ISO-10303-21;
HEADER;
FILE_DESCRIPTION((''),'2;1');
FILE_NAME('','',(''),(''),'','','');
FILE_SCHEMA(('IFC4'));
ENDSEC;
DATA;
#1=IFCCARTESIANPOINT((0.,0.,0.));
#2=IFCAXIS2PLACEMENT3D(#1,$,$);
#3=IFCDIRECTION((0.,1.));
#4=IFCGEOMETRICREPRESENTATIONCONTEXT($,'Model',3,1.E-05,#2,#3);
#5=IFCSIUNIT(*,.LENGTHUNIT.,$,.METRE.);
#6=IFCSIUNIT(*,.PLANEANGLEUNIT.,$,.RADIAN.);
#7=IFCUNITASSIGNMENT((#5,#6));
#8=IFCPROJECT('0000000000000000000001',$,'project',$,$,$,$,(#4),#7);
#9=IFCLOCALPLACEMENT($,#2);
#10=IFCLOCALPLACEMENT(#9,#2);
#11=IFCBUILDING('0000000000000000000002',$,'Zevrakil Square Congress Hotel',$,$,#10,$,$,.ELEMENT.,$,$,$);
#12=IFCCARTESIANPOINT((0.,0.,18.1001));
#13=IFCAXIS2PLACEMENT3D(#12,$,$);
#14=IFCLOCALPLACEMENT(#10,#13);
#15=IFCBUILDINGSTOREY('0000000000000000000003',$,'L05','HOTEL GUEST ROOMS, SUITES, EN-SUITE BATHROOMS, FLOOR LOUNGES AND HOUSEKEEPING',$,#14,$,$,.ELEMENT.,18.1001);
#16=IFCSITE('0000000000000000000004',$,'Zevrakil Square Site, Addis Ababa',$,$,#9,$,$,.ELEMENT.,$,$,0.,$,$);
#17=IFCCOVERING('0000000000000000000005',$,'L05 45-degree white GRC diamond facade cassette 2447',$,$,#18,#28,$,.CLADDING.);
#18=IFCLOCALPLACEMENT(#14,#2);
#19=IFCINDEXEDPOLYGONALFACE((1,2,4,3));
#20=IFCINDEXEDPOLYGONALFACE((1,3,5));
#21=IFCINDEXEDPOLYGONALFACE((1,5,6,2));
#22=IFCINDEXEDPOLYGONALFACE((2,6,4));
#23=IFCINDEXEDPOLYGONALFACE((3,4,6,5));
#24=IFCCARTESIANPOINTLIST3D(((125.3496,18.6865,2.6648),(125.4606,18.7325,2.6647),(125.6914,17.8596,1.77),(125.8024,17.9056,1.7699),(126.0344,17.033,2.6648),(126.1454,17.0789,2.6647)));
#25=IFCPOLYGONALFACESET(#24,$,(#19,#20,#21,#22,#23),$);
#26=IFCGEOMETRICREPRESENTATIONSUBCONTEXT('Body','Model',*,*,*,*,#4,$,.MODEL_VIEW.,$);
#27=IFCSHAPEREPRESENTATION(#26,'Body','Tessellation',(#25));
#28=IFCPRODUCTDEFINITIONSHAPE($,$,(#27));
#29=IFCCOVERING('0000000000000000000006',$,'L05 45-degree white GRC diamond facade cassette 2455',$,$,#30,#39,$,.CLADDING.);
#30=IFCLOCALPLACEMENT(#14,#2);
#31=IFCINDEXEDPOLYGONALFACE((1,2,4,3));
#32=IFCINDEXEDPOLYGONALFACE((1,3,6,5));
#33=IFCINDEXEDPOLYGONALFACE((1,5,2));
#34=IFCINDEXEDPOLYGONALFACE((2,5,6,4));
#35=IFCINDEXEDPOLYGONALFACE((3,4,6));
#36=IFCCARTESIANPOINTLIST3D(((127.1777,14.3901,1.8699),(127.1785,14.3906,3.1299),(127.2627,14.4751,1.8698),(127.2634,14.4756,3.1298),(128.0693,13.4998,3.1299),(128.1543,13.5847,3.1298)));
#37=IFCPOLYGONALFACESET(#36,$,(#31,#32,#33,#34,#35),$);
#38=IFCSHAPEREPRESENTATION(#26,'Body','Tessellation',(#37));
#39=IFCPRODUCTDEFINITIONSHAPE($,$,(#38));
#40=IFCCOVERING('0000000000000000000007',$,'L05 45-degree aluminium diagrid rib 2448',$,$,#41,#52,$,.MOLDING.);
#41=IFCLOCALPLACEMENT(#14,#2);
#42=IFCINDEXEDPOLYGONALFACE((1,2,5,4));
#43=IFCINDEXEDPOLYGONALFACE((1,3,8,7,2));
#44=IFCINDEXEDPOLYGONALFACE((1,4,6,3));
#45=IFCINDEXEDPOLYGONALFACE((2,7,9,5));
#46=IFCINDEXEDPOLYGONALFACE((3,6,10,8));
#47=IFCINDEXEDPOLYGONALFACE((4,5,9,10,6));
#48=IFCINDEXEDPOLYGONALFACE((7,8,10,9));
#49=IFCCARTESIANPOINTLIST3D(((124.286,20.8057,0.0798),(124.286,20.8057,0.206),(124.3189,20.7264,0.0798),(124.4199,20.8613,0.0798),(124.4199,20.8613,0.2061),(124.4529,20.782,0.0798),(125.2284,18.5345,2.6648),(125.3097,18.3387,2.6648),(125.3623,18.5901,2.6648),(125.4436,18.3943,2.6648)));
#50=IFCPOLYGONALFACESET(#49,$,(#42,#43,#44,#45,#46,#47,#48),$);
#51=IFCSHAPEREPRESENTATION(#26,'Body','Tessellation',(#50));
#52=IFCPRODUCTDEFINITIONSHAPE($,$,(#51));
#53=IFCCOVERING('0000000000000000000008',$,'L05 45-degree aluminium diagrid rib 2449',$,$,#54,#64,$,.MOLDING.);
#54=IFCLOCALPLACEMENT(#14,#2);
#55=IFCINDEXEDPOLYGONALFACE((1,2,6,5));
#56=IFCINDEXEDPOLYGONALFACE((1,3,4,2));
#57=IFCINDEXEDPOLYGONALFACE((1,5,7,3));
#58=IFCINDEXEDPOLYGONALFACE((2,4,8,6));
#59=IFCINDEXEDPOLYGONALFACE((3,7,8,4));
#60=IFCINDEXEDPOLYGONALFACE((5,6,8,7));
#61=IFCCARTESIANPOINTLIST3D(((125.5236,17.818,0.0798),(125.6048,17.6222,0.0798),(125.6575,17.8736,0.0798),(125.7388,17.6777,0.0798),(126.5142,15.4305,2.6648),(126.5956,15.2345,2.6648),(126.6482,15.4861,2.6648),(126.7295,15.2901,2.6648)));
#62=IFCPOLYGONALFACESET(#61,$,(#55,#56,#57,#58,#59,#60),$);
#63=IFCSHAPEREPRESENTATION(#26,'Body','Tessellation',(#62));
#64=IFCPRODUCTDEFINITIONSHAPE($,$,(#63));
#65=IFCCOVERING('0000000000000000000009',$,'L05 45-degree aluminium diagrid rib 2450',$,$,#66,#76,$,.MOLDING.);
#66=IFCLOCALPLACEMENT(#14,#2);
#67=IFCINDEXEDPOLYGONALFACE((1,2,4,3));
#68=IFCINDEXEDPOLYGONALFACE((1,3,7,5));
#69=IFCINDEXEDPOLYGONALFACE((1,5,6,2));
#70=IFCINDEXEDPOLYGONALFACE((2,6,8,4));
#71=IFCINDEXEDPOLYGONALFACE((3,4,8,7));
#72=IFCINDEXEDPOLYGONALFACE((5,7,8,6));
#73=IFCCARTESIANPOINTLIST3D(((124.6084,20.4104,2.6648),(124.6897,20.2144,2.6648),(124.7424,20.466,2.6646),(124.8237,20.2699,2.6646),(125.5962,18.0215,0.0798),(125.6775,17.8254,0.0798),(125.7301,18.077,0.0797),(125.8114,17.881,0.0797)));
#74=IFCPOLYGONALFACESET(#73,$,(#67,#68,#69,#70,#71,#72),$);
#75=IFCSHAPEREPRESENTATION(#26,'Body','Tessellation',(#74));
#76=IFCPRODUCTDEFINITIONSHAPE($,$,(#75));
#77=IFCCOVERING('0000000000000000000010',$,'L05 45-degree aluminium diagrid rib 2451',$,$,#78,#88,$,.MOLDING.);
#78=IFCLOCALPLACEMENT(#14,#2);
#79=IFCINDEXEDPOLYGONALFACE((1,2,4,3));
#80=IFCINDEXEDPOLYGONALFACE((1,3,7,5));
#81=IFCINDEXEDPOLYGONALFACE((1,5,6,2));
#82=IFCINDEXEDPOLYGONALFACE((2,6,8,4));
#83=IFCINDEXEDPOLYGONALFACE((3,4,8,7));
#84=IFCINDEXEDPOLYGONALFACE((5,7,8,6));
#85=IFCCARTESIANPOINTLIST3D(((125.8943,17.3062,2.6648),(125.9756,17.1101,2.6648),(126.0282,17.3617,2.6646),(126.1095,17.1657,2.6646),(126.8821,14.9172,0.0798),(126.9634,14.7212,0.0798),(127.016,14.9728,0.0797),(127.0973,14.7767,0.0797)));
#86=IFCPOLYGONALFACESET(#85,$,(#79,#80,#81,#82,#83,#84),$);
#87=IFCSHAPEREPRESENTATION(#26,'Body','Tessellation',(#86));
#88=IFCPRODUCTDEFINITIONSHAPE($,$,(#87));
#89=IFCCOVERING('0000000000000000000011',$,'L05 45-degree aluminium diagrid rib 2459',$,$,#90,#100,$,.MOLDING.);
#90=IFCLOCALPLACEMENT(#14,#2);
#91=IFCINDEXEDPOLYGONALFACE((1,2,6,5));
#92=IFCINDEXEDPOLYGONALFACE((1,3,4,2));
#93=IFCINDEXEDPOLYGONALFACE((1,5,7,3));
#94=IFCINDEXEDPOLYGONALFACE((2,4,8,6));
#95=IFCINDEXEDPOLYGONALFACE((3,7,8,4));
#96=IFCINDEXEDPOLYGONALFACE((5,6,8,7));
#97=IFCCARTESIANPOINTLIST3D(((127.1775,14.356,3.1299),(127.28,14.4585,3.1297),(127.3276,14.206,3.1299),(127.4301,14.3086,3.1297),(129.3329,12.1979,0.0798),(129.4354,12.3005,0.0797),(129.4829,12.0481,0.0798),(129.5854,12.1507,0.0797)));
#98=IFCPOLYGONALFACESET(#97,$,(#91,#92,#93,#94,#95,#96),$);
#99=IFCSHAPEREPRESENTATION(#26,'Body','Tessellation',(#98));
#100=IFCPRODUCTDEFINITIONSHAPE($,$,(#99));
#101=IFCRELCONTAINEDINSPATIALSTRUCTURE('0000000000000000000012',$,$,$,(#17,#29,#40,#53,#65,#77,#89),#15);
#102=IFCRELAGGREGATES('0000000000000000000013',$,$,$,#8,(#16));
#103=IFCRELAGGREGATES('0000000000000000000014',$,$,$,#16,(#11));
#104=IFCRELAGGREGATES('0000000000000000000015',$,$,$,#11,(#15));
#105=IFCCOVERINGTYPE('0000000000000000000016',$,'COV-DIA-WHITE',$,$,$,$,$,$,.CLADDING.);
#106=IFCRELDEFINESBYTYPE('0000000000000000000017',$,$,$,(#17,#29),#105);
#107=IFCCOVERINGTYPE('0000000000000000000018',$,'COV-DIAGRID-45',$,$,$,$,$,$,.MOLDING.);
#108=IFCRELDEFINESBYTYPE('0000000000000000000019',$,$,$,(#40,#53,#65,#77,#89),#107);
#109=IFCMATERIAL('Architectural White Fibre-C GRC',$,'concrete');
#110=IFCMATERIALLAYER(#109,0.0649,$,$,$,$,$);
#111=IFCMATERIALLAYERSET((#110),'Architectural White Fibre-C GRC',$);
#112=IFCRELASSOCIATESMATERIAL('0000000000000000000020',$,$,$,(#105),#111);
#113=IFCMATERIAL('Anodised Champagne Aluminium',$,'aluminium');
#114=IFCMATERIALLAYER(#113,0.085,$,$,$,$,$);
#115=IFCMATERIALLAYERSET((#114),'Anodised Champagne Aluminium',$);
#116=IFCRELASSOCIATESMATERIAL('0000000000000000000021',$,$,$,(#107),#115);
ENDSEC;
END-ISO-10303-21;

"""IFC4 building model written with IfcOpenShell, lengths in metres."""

from ifc_helpers import new_model, si_unit, direction, frame, origin, place, context, subcontext, project, spatial, polyline, outline, extrude, material, layer, layer_set, type_object, element, save


model = new_model("IFC4")

# Units and contexts
model_context = context("Model", 3, precision=1e-05, world=origin(), true_north=direction((0.0, 1.0)))
body_context = subcontext(model_context, "Body", "Model", "MODEL_VIEW")
ifc_project = project(units=[si_unit("LENGTHUNIT", "METRE"), si_unit("PLANEANGLEUNIT", "RADIAN")], contexts=[model_context])

# Site, building, storey
site_placement = place(None, origin())
site = spatial("IfcSite", under=ifc_project, at=site_placement, Name="Zevrakil Square Site, Addis Ababa", CompositionType="ELEMENT", RefElevation=0.0)
building_placement = place(site_placement, origin())
building = spatial("IfcBuilding", under=site, at=building_placement, Name="Zevrakil Square Congress Hotel", CompositionType="ELEMENT")
storey_placement = place(building_placement, frame((0.0, 0.0, 18.1001)))
storey = spatial("IfcBuildingStorey", under=building, at=storey_placement, Name="L05", Description="HOTEL GUEST ROOMS, SUITES, EN-SUITE BATHROOMS, FLOOR LOUNGES AND HOUSEKEEPING", CompositionType="ELEMENT", Elevation=18.1001)

# Coverings
ifc_material_1 = material(Name="Architectural White Fibre-C GRC", Category="concrete")
ifc_layer_1 = layer(ifc_material_1, 0.0649)
ifc_layer_set_1 = layer_set([ifc_layer_1], Name="Architectural White Fibre-C GRC")
covering_type_1 = type_object("IfcCoveringType", Name="COV-DIA-WHITE", PredefinedType="CLADDING", material=ifc_layer_set_1)
covering_1_placement = place(storey_placement, frame((125.6914, 17.8596, 1.77), z_axis=(-0.923902, -0.382629, 0.000682), x_axis=(-0.270111, 0.653476, 0.707113)))
element("IfcCovering", 1, at=covering_1_placement, inside=storey, type_object=covering_type_1, Name="L05 45-degree white GRC diamond facade cassette 2447", PredefinedType="CLADDING", context=body_context, shape_type="SweptSolid", body=[
    extrude(outline(polyline([(0.0, 0.0), (1.2654, 0.0), (-0.0001, -1.2656), (0.0, 0.0)])), origin(), (0.0, 0.0, -1.0), 0.1201),
])
covering_2_placement = place(storey_placement, frame((127.1777, 14.3901, 1.8699), z_axis=(-0.707107, -0.707107, 0.000685), x_axis=(0.000581, 0.000388, 1.0)))
element("IfcCovering", 2, at=covering_2_placement, inside=storey, type_object=covering_type_1, Name="L05 45-degree white GRC diamond facade cassette 2455", PredefinedType="CLADDING", context=body_context, shape_type="SweptSolid", body=[
    extrude(outline(polyline([(0.0, 0.0), (1.26, 0.0), (1.2602, -1.2599), (0.0, 0.0)])), origin(), (0.0, 0.0, -1.0), 0.1201),
])
ifc_material_2 = material(Name="Anodised Champagne Aluminium", Category="aluminium")
ifc_layer_2 = layer(ifc_material_2, 0.085)
ifc_layer_set_2 = layer_set([ifc_layer_2], Name="Anodised Champagne Aluminium")
covering_type_2 = type_object("IfcCoveringType", Name="COV-DIAGRID-45", PredefinedType="MOLDING", material=ifc_layer_set_2)
covering_3_placement = place(storey_placement, frame((124.4529, 20.782, 0.0798), z_axis=(0.923569, 0.383432, 0.0002), x_axis=(-0.383432, 0.923569, 0.0)))
element("IfcCovering", 3, at=covering_3_placement, inside=storey, type_object=covering_type_2, Name="L05 45-degree aluminium diagrid rib 2448", PredefinedType="MOLDING", context=body_context, shape_type="SweptSolid", body=[
    extrude(outline(polyline([(0.0, 0.0), (0.0859, 0.0), (0.0859, 0.1262), (-2.3731, 2.585), (-2.5851, 2.585), (0.0, 0.0)])), origin(), (0.0, 0.0, -1.0), 0.145),
])
covering_4_placement = place(storey_placement, frame((125.7388, 17.6777, 0.0798), z_axis=(0.923638, 0.383267, 0.000003), x_axis=(-0.383267, 0.923638, 0.0)))
element("IfcCovering", 4, at=covering_4_placement, inside=storey, type_object=covering_type_2, Name="L05 45-degree aluminium diagrid rib 2449", PredefinedType="MOLDING", context=body_context, shape_type="SweptSolid", body=[
    extrude(outline(polyline([(0.0, 0.0), (0.212, 0.0), (-2.3728, 2.585), (-2.5851, 2.585), (0.0, 0.0)])), origin(), (0.0, 0.0, -1.0), 0.145),
])
for number, where, z_axis, x_axis, name in (
    (5, (124.6084, 20.4104, 2.6648), (-0.923722, -0.383063, 0.001029), (0.383063, -0.923722, 0.0), "L05 45-degree aluminium diagrid rib 2450"),
    (6, (125.8943, 17.3062, 2.6648), (-0.923722, -0.383063, 0.001029), (0.383063, -0.923722, 0.0), "L05 45-degree aluminium diagrid rib 2451"),
):
    element("IfcCovering", number, at=place(storey_placement, frame(where, z_axis=z_axis, x_axis=x_axis)), inside=storey, type_object=covering_type_2, Name=name, PredefinedType="MOLDING", context=body_context, shape_type="SweptSolid", body=[
        extrude(outline(polyline([(0.0, 0.0), (0.2122, 0.0), (2.7973, -2.585), (2.5851, -2.585), (0.0, 0.0)])), origin(), (0.0, 0.0, -1.0), 0.145),
    ])
covering_5_placement = place(storey_placement, frame((127.1775, 14.356, 3.1299), z_axis=(-0.706819, -0.707394, 0.001001), x_axis=(0.707395, -0.706819, 0.0)))
element("IfcCovering", 7, at=covering_5_placement, inside=storey, type_object=covering_type_2, Name="L05 45-degree aluminium diagrid rib 2459", PredefinedType="MOLDING", context=body_context, shape_type="SweptSolid", body=[
    extrude(outline(polyline([(0.0, 0.0), (0.2122, 0.0), (3.2621, -3.0501), (3.0501, -3.0501), (0.0, 0.0)])), origin(), (0.0, 0.0, -1.0), 0.145),
])

save(model, "model.ifc")
